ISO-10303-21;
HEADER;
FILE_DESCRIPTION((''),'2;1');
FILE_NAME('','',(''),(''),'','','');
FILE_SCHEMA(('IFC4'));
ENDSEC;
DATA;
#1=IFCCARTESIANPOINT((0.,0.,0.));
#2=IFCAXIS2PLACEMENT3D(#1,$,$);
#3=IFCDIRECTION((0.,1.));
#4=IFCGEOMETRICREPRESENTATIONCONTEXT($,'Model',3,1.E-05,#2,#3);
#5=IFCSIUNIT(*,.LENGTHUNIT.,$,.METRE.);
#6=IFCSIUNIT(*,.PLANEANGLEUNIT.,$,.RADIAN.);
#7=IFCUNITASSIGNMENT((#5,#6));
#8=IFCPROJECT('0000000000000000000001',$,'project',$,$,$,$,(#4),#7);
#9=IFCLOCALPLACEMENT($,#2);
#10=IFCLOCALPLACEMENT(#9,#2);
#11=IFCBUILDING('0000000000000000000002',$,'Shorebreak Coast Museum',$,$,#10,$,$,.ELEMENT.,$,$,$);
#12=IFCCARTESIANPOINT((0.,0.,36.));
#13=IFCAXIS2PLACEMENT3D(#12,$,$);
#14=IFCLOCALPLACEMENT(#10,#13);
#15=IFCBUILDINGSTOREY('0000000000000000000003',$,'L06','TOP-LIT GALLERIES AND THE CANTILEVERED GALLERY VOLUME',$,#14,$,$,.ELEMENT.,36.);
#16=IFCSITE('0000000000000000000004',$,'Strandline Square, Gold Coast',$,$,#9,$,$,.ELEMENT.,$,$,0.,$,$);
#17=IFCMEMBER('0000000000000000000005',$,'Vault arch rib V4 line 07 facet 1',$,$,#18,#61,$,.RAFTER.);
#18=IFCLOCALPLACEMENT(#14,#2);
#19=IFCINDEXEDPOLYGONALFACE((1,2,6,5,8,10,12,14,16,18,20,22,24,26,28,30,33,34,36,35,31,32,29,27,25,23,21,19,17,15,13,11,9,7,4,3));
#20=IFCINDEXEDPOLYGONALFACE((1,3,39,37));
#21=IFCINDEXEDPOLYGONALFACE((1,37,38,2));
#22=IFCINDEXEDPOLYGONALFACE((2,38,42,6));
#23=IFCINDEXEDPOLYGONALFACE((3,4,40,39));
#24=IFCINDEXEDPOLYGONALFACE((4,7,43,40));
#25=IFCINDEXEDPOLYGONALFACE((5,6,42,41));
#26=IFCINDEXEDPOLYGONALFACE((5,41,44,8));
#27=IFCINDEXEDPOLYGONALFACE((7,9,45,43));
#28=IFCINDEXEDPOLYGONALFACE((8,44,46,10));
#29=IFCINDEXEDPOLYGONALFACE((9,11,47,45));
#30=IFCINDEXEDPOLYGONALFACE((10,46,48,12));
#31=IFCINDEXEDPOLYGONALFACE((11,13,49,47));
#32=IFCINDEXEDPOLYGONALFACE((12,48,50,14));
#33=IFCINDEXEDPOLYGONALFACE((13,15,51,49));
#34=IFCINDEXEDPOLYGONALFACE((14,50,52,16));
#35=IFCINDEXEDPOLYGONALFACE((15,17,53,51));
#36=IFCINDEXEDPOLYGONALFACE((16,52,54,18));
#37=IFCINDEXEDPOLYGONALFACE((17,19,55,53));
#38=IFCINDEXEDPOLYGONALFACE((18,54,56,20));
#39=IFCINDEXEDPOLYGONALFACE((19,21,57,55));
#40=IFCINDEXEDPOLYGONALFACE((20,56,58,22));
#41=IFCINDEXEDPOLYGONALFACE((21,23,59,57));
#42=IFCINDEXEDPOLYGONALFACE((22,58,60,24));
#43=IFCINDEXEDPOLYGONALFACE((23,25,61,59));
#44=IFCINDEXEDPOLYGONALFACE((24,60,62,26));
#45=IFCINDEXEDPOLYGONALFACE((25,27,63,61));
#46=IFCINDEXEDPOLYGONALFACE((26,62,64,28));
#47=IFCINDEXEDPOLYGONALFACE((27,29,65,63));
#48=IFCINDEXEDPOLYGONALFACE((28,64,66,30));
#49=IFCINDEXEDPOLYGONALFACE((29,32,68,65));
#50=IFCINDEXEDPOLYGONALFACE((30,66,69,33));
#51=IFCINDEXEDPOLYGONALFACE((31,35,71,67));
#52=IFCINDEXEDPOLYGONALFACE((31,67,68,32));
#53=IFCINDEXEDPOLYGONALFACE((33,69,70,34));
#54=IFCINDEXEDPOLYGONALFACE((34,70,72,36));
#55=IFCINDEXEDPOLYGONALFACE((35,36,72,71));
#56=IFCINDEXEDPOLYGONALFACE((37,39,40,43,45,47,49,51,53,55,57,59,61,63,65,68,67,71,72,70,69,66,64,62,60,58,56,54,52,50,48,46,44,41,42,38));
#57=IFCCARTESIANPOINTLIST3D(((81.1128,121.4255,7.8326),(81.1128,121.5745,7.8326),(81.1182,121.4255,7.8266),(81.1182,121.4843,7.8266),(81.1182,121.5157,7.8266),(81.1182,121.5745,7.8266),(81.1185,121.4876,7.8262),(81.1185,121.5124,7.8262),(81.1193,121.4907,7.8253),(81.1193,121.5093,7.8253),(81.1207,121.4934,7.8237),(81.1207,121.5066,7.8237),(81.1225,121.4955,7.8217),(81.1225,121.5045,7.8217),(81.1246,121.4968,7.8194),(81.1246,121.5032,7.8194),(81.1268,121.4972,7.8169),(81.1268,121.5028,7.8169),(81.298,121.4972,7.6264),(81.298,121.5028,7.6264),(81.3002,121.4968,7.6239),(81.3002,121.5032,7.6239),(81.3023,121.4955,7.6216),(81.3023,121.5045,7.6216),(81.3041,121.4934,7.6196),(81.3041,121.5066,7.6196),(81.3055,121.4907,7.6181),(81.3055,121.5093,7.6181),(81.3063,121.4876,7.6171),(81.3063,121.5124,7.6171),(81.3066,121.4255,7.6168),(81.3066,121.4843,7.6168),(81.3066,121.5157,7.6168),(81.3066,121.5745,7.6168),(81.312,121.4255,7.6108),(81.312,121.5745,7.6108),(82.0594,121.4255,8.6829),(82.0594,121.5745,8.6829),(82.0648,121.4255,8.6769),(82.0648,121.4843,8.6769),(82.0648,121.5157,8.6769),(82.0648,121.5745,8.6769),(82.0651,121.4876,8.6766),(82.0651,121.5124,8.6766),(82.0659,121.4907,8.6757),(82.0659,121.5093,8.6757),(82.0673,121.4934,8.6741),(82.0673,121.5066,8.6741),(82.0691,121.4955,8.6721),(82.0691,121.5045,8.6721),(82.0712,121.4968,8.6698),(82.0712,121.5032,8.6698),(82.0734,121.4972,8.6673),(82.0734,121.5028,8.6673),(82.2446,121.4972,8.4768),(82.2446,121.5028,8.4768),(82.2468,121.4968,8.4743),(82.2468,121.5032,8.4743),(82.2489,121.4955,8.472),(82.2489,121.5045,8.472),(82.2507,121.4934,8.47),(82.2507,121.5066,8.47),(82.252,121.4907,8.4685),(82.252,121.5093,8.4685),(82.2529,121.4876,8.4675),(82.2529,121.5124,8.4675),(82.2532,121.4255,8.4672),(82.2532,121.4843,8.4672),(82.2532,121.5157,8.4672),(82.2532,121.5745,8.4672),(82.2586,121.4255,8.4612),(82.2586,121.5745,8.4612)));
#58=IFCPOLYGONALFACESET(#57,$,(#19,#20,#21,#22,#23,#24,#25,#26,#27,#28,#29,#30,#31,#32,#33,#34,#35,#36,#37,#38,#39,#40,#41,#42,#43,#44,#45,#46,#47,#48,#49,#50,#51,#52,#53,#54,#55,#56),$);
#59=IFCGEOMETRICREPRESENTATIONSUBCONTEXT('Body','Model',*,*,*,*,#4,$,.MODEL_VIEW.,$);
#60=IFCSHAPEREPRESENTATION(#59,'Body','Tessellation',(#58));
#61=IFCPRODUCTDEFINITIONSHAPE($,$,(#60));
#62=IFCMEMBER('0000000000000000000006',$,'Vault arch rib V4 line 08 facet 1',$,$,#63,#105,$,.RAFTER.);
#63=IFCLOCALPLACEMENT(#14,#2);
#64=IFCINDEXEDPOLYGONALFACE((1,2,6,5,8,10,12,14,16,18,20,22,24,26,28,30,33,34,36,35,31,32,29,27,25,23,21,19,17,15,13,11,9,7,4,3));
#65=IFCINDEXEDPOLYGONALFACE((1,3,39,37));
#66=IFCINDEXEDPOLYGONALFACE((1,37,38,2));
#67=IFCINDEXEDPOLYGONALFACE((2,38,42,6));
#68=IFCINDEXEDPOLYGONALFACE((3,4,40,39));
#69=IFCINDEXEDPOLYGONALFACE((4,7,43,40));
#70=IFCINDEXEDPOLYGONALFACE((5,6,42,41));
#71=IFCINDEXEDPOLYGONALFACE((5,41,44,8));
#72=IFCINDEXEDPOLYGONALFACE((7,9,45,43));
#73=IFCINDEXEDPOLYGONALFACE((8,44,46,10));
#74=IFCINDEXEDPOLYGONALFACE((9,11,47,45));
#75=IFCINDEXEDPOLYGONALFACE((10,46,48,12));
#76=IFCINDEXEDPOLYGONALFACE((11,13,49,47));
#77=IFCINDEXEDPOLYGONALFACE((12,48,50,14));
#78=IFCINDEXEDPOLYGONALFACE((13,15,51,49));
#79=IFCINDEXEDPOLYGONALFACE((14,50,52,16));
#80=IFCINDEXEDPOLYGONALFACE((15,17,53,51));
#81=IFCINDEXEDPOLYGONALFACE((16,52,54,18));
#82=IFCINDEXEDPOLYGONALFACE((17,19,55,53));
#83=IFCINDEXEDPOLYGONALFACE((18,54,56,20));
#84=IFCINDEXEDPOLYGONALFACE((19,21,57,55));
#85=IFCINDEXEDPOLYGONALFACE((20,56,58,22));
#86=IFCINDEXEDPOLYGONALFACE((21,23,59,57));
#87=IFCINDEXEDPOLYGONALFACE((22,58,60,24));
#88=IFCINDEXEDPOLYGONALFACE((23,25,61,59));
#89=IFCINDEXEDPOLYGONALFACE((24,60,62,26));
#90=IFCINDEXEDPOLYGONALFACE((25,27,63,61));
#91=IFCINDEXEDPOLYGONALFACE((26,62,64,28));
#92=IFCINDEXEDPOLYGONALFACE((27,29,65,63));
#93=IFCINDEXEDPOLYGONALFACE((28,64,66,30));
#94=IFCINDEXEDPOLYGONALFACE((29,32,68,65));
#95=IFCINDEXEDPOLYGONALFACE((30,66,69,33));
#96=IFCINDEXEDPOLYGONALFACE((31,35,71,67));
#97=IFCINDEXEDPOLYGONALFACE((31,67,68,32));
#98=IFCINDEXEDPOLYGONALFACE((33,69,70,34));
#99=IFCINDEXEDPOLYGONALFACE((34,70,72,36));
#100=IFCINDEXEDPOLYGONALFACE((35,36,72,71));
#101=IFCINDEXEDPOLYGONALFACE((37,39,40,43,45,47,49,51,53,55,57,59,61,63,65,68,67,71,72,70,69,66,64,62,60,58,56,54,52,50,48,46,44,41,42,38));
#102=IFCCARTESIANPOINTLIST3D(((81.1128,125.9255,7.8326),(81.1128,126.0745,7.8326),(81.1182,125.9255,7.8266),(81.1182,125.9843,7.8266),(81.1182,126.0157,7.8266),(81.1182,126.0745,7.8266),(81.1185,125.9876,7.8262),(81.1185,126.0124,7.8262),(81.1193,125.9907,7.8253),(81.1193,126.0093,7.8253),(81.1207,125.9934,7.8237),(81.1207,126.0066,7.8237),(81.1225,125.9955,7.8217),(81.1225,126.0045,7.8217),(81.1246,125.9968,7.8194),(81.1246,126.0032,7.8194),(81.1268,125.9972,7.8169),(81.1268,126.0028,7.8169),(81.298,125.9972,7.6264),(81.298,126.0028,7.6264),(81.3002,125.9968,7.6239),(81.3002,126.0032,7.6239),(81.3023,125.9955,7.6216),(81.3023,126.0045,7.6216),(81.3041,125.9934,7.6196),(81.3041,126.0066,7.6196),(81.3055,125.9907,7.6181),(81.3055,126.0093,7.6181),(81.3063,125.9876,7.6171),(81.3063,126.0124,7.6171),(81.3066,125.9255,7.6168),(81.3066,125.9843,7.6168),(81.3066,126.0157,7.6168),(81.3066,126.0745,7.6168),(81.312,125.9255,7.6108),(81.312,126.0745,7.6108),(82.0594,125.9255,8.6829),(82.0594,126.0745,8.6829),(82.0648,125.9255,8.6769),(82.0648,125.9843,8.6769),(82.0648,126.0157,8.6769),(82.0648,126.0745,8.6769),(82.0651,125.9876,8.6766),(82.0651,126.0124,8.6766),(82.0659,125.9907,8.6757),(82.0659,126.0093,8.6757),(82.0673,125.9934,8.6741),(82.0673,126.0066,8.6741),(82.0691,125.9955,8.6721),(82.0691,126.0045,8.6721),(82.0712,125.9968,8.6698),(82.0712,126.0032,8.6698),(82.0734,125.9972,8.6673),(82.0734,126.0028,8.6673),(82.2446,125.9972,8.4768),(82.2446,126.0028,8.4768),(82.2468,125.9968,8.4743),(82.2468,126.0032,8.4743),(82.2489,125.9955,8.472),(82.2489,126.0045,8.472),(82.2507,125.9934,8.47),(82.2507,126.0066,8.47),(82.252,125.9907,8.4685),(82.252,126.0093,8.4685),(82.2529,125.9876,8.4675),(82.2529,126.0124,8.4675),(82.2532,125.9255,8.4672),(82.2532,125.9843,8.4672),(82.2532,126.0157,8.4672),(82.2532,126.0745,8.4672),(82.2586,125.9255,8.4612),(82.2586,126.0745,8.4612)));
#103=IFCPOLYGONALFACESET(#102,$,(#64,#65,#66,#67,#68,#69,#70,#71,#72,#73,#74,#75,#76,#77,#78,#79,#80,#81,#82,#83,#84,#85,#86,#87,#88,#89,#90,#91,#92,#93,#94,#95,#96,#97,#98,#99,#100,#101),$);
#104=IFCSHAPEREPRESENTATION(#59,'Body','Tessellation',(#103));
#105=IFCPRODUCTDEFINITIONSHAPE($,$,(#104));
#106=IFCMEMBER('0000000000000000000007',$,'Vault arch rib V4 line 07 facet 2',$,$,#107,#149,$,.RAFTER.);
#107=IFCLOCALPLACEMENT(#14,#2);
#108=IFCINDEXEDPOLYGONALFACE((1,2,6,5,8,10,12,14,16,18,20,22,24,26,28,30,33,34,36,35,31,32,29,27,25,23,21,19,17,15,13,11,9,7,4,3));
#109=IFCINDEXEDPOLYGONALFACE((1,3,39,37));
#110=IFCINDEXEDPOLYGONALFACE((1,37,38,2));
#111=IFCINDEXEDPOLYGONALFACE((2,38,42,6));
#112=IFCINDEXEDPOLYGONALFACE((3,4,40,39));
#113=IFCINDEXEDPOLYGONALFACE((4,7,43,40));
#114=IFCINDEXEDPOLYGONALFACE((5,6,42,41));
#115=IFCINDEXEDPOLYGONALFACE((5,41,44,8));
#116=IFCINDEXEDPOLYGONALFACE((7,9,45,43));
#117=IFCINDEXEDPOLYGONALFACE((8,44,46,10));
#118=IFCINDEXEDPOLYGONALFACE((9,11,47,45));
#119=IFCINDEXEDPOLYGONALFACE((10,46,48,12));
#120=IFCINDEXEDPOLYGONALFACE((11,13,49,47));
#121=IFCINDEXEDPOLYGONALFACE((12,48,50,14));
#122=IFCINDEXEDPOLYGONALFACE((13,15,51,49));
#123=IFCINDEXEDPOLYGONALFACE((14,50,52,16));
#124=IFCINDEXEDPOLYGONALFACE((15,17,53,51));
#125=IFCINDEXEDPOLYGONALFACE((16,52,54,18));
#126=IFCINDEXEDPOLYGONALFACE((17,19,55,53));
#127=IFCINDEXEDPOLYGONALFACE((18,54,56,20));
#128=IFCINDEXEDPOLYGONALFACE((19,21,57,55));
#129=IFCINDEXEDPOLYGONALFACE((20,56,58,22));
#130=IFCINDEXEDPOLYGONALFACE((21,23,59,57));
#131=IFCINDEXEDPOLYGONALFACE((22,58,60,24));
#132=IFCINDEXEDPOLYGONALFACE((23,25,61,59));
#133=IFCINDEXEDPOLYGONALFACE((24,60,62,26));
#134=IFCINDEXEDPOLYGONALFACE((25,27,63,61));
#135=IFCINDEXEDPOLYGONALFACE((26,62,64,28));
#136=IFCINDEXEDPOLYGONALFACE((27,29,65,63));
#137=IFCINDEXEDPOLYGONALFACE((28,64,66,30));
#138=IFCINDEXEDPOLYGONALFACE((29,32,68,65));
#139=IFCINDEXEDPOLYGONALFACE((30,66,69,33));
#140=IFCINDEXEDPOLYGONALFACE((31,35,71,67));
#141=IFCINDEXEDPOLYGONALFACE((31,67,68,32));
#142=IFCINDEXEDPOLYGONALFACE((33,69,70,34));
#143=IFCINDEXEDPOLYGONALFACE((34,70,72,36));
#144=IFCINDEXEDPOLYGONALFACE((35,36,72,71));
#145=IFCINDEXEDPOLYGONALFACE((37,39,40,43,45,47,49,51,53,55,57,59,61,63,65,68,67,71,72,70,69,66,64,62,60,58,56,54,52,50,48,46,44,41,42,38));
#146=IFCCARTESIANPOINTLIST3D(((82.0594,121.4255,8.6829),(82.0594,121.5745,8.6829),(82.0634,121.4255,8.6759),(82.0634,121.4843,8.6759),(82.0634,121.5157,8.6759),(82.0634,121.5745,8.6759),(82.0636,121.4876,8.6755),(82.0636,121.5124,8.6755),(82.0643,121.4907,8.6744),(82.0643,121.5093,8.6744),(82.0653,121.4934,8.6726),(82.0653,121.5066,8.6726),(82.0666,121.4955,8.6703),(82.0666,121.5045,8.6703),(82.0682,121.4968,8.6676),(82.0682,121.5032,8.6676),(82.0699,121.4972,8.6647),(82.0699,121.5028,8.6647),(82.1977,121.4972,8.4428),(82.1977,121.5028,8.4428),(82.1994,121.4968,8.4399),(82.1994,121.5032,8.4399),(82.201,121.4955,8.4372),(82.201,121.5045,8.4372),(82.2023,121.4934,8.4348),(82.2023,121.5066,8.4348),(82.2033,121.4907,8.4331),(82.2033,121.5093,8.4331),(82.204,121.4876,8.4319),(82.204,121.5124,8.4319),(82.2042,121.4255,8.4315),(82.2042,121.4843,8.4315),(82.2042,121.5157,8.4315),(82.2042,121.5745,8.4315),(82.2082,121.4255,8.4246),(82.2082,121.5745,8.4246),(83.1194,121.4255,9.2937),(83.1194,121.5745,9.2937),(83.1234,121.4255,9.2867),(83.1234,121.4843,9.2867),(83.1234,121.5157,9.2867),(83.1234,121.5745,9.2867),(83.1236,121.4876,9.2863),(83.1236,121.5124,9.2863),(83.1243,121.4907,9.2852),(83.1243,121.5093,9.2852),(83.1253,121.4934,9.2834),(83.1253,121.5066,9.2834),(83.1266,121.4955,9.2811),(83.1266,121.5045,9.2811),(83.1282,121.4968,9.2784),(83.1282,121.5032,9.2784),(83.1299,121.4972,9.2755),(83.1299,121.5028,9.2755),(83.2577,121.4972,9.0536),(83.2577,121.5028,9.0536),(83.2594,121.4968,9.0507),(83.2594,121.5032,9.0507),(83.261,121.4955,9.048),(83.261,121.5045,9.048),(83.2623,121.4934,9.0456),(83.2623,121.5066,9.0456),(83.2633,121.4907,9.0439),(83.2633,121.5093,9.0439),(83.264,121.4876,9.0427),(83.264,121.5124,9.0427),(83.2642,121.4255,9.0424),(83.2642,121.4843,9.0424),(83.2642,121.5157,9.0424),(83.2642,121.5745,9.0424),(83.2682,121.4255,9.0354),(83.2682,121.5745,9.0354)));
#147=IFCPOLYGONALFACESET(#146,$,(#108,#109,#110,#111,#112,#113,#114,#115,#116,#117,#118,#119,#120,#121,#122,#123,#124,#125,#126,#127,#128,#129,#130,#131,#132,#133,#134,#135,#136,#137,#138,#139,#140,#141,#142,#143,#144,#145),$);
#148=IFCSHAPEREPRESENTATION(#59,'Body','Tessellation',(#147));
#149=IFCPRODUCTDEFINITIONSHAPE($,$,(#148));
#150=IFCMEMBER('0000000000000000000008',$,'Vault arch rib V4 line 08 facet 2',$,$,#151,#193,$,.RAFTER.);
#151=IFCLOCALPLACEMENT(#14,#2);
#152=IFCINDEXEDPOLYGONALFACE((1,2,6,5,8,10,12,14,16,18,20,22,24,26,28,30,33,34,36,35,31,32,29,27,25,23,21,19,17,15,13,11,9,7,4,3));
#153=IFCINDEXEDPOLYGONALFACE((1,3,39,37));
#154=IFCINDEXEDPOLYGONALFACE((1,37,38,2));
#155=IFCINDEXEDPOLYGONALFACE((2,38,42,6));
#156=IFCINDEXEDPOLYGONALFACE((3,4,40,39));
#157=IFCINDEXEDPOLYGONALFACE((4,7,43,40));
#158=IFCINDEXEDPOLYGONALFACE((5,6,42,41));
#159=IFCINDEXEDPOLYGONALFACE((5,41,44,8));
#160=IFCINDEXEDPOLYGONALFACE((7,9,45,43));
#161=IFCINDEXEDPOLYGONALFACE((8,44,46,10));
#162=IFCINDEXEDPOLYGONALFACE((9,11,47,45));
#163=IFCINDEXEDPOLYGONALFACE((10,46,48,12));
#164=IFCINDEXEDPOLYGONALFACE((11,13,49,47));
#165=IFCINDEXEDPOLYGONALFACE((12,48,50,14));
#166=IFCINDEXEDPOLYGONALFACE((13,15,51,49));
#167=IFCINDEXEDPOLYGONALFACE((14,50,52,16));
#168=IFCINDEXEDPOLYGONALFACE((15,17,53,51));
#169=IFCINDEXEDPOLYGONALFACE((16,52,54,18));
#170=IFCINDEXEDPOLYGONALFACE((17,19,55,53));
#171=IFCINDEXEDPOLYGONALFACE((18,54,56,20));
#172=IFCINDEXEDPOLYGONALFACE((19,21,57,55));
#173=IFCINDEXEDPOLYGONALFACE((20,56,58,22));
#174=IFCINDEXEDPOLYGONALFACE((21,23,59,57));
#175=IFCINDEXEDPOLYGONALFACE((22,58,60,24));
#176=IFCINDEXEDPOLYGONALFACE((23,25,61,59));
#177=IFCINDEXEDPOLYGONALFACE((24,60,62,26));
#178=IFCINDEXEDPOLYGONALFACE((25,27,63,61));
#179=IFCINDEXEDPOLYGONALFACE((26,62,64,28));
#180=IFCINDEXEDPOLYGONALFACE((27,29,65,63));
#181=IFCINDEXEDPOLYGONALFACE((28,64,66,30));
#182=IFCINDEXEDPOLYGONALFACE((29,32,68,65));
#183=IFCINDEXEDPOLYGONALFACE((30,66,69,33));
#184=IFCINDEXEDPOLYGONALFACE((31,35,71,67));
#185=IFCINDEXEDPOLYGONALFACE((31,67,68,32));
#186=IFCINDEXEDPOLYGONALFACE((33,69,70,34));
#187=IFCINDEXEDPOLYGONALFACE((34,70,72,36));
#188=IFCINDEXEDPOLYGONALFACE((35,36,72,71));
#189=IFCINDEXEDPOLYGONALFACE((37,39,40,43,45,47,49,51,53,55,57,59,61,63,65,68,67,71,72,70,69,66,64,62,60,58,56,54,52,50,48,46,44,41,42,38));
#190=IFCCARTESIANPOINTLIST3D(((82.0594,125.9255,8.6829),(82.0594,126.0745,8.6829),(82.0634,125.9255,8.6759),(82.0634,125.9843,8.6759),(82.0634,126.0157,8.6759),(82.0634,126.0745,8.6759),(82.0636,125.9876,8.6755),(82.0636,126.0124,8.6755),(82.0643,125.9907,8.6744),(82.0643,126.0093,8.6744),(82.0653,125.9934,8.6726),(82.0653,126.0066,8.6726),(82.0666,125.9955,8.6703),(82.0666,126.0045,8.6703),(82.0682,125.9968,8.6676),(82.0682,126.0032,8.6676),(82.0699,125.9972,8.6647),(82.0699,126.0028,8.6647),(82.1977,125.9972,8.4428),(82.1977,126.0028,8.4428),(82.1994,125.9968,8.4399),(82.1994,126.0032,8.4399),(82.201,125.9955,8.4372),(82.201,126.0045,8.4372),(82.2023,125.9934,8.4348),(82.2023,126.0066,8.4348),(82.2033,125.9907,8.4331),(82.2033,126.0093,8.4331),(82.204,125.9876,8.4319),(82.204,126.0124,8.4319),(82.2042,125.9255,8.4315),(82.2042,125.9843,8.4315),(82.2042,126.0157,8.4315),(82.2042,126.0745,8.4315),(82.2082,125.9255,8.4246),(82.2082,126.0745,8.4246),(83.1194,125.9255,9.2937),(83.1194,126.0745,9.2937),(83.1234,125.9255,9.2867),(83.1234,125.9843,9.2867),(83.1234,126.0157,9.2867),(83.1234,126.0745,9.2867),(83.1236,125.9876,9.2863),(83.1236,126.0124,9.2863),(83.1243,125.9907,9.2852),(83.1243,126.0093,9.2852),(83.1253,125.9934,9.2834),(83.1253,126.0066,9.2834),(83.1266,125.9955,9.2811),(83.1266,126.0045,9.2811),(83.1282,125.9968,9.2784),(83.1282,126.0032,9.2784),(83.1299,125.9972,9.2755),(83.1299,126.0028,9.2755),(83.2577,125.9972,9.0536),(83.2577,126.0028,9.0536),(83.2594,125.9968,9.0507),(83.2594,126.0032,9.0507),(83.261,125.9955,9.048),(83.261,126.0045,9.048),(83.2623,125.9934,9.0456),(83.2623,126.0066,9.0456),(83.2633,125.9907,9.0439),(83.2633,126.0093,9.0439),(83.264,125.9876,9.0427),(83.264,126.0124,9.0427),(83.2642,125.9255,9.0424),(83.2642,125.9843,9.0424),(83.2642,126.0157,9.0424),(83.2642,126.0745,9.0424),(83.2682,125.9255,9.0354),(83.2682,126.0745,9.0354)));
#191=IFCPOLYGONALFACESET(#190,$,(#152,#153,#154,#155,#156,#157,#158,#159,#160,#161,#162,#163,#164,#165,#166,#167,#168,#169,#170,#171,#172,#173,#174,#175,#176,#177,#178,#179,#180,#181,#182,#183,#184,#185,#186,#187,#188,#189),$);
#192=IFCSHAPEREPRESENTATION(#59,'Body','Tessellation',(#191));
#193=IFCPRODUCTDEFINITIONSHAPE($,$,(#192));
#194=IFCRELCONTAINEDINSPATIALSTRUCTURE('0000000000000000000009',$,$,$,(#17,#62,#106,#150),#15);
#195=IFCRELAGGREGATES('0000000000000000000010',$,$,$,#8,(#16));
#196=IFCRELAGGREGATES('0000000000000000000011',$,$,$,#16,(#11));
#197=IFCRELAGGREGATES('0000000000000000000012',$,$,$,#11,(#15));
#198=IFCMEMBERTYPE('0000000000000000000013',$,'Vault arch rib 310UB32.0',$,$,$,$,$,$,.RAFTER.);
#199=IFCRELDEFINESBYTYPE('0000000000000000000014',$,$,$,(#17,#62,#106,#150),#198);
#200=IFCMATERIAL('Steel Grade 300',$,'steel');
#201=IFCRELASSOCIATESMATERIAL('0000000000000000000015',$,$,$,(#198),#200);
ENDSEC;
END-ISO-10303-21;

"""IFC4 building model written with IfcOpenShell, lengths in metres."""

from ifc_helpers import new_model, si_unit, direction, frame, origin, origin_2d, place, context, subcontext, project, spatial, i_section, extrude, material, material_profile, profile_set, type_object, element, save


model = new_model("IFC4")

# Units and contexts
model_context = context("Model", 3, precision=1e-05, world=origin(), true_north=direction((0.0, 1.0)))
body_context = subcontext(model_context, "Body", "Model", "MODEL_VIEW")
ifc_project = project(units=[si_unit("LENGTHUNIT", "METRE"), si_unit("PLANEANGLEUNIT", "RADIAN")], contexts=[model_context])

# Site, building, storey
site_placement = place(None, origin())
site = spatial("IfcSite", under=ifc_project, at=site_placement, Name="Strandline Square, Gold Coast", CompositionType="ELEMENT", RefElevation=0.0)
building_placement = place(site_placement, origin())
building = spatial("IfcBuilding", under=site, at=building_placement, Name="Shorebreak Coast Museum", CompositionType="ELEMENT")
storey_placement = place(building_placement, frame((0.0, 0.0, 36.0)))
storey = spatial("IfcBuildingStorey", under=building, at=storey_placement, Name="L06", Description="TOP-LIT GALLERIES AND THE CANTILEVERED GALLERY VOLUME", CompositionType="ELEMENT", Elevation=36.0)

# Members
ifc_material_1 = material(Name="Steel Grade 300", Category="steel")
ifc_material_profile_1 = material_profile(ifc_material_1, i_section(OverallWidth=0.1489, OverallDepth=0.2981, WebThickness=0.0056, FlangeThickness=0.0081, FilletRadius=0.0129, at=origin_2d()), Name="310UB32.0")
ifc_profile_set_1 = profile_set([ifc_material_profile_1], Name="Steel Grade 300")
member_type_1 = type_object("IfcMemberType", Name="Vault arch rib 310UB32.0", PredefinedType="RAFTER", material=ifc_profile_set_1)
for number, where, z_axis, x_axis, name in (
    (1, (81.2124, 121.5, 7.7217), (0.743895, 0.0, 0.668297), (0.0, 1.0, 0.0), "Vault arch rib V4 line 07 facet 1"),
    (2, (81.2124, 126.0, 7.7217), (0.743895, 0.0, 0.668297), (0.0, 1.0, 0.0), "Vault arch rib V4 line 08 facet 1"),
):
    element("IfcMember", number, at=place(storey_placement, frame(where, z_axis=z_axis, x_axis=x_axis)), inside=storey, type_object=member_type_1, Name=name, PredefinedType="RAFTER", context=body_context, shape_type="SweptSolid", body=[
        extrude(i_section(OverallWidth=0.1489, OverallDepth=0.2981, WebThickness=0.0056, FlangeThickness=0.0081, FilletRadius=0.0129, at=origin_2d()), origin(), (0.0, 0.0, 1.0), 1.2725),
    ])
for number, where, z_axis, x_axis, name in (
    (3, (82.1338, 121.5, 8.5537), (0.866445, 0.0, 0.499273), (0.0, 1.0, 0.0), "Vault arch rib V4 line 07 facet 2"),
    (4, (82.1338, 126.0, 8.5537), (0.866445, 0.0, 0.499273), (0.0, 1.0, 0.0), "Vault arch rib V4 line 08 facet 2"),
):
    element("IfcMember", number, at=place(storey_placement, frame(where, z_axis=z_axis, x_axis=x_axis)), inside=storey, type_object=member_type_1, Name=name, PredefinedType="RAFTER", context=body_context, shape_type="SweptSolid", body=[
        extrude(i_section(OverallWidth=0.1489, OverallDepth=0.2981, WebThickness=0.0056, FlangeThickness=0.0081, FilletRadius=0.0129, at=origin_2d()), origin(), (0.0, 0.0, 1.0), 1.2234),
    ])

save(model, "model.ifc")
